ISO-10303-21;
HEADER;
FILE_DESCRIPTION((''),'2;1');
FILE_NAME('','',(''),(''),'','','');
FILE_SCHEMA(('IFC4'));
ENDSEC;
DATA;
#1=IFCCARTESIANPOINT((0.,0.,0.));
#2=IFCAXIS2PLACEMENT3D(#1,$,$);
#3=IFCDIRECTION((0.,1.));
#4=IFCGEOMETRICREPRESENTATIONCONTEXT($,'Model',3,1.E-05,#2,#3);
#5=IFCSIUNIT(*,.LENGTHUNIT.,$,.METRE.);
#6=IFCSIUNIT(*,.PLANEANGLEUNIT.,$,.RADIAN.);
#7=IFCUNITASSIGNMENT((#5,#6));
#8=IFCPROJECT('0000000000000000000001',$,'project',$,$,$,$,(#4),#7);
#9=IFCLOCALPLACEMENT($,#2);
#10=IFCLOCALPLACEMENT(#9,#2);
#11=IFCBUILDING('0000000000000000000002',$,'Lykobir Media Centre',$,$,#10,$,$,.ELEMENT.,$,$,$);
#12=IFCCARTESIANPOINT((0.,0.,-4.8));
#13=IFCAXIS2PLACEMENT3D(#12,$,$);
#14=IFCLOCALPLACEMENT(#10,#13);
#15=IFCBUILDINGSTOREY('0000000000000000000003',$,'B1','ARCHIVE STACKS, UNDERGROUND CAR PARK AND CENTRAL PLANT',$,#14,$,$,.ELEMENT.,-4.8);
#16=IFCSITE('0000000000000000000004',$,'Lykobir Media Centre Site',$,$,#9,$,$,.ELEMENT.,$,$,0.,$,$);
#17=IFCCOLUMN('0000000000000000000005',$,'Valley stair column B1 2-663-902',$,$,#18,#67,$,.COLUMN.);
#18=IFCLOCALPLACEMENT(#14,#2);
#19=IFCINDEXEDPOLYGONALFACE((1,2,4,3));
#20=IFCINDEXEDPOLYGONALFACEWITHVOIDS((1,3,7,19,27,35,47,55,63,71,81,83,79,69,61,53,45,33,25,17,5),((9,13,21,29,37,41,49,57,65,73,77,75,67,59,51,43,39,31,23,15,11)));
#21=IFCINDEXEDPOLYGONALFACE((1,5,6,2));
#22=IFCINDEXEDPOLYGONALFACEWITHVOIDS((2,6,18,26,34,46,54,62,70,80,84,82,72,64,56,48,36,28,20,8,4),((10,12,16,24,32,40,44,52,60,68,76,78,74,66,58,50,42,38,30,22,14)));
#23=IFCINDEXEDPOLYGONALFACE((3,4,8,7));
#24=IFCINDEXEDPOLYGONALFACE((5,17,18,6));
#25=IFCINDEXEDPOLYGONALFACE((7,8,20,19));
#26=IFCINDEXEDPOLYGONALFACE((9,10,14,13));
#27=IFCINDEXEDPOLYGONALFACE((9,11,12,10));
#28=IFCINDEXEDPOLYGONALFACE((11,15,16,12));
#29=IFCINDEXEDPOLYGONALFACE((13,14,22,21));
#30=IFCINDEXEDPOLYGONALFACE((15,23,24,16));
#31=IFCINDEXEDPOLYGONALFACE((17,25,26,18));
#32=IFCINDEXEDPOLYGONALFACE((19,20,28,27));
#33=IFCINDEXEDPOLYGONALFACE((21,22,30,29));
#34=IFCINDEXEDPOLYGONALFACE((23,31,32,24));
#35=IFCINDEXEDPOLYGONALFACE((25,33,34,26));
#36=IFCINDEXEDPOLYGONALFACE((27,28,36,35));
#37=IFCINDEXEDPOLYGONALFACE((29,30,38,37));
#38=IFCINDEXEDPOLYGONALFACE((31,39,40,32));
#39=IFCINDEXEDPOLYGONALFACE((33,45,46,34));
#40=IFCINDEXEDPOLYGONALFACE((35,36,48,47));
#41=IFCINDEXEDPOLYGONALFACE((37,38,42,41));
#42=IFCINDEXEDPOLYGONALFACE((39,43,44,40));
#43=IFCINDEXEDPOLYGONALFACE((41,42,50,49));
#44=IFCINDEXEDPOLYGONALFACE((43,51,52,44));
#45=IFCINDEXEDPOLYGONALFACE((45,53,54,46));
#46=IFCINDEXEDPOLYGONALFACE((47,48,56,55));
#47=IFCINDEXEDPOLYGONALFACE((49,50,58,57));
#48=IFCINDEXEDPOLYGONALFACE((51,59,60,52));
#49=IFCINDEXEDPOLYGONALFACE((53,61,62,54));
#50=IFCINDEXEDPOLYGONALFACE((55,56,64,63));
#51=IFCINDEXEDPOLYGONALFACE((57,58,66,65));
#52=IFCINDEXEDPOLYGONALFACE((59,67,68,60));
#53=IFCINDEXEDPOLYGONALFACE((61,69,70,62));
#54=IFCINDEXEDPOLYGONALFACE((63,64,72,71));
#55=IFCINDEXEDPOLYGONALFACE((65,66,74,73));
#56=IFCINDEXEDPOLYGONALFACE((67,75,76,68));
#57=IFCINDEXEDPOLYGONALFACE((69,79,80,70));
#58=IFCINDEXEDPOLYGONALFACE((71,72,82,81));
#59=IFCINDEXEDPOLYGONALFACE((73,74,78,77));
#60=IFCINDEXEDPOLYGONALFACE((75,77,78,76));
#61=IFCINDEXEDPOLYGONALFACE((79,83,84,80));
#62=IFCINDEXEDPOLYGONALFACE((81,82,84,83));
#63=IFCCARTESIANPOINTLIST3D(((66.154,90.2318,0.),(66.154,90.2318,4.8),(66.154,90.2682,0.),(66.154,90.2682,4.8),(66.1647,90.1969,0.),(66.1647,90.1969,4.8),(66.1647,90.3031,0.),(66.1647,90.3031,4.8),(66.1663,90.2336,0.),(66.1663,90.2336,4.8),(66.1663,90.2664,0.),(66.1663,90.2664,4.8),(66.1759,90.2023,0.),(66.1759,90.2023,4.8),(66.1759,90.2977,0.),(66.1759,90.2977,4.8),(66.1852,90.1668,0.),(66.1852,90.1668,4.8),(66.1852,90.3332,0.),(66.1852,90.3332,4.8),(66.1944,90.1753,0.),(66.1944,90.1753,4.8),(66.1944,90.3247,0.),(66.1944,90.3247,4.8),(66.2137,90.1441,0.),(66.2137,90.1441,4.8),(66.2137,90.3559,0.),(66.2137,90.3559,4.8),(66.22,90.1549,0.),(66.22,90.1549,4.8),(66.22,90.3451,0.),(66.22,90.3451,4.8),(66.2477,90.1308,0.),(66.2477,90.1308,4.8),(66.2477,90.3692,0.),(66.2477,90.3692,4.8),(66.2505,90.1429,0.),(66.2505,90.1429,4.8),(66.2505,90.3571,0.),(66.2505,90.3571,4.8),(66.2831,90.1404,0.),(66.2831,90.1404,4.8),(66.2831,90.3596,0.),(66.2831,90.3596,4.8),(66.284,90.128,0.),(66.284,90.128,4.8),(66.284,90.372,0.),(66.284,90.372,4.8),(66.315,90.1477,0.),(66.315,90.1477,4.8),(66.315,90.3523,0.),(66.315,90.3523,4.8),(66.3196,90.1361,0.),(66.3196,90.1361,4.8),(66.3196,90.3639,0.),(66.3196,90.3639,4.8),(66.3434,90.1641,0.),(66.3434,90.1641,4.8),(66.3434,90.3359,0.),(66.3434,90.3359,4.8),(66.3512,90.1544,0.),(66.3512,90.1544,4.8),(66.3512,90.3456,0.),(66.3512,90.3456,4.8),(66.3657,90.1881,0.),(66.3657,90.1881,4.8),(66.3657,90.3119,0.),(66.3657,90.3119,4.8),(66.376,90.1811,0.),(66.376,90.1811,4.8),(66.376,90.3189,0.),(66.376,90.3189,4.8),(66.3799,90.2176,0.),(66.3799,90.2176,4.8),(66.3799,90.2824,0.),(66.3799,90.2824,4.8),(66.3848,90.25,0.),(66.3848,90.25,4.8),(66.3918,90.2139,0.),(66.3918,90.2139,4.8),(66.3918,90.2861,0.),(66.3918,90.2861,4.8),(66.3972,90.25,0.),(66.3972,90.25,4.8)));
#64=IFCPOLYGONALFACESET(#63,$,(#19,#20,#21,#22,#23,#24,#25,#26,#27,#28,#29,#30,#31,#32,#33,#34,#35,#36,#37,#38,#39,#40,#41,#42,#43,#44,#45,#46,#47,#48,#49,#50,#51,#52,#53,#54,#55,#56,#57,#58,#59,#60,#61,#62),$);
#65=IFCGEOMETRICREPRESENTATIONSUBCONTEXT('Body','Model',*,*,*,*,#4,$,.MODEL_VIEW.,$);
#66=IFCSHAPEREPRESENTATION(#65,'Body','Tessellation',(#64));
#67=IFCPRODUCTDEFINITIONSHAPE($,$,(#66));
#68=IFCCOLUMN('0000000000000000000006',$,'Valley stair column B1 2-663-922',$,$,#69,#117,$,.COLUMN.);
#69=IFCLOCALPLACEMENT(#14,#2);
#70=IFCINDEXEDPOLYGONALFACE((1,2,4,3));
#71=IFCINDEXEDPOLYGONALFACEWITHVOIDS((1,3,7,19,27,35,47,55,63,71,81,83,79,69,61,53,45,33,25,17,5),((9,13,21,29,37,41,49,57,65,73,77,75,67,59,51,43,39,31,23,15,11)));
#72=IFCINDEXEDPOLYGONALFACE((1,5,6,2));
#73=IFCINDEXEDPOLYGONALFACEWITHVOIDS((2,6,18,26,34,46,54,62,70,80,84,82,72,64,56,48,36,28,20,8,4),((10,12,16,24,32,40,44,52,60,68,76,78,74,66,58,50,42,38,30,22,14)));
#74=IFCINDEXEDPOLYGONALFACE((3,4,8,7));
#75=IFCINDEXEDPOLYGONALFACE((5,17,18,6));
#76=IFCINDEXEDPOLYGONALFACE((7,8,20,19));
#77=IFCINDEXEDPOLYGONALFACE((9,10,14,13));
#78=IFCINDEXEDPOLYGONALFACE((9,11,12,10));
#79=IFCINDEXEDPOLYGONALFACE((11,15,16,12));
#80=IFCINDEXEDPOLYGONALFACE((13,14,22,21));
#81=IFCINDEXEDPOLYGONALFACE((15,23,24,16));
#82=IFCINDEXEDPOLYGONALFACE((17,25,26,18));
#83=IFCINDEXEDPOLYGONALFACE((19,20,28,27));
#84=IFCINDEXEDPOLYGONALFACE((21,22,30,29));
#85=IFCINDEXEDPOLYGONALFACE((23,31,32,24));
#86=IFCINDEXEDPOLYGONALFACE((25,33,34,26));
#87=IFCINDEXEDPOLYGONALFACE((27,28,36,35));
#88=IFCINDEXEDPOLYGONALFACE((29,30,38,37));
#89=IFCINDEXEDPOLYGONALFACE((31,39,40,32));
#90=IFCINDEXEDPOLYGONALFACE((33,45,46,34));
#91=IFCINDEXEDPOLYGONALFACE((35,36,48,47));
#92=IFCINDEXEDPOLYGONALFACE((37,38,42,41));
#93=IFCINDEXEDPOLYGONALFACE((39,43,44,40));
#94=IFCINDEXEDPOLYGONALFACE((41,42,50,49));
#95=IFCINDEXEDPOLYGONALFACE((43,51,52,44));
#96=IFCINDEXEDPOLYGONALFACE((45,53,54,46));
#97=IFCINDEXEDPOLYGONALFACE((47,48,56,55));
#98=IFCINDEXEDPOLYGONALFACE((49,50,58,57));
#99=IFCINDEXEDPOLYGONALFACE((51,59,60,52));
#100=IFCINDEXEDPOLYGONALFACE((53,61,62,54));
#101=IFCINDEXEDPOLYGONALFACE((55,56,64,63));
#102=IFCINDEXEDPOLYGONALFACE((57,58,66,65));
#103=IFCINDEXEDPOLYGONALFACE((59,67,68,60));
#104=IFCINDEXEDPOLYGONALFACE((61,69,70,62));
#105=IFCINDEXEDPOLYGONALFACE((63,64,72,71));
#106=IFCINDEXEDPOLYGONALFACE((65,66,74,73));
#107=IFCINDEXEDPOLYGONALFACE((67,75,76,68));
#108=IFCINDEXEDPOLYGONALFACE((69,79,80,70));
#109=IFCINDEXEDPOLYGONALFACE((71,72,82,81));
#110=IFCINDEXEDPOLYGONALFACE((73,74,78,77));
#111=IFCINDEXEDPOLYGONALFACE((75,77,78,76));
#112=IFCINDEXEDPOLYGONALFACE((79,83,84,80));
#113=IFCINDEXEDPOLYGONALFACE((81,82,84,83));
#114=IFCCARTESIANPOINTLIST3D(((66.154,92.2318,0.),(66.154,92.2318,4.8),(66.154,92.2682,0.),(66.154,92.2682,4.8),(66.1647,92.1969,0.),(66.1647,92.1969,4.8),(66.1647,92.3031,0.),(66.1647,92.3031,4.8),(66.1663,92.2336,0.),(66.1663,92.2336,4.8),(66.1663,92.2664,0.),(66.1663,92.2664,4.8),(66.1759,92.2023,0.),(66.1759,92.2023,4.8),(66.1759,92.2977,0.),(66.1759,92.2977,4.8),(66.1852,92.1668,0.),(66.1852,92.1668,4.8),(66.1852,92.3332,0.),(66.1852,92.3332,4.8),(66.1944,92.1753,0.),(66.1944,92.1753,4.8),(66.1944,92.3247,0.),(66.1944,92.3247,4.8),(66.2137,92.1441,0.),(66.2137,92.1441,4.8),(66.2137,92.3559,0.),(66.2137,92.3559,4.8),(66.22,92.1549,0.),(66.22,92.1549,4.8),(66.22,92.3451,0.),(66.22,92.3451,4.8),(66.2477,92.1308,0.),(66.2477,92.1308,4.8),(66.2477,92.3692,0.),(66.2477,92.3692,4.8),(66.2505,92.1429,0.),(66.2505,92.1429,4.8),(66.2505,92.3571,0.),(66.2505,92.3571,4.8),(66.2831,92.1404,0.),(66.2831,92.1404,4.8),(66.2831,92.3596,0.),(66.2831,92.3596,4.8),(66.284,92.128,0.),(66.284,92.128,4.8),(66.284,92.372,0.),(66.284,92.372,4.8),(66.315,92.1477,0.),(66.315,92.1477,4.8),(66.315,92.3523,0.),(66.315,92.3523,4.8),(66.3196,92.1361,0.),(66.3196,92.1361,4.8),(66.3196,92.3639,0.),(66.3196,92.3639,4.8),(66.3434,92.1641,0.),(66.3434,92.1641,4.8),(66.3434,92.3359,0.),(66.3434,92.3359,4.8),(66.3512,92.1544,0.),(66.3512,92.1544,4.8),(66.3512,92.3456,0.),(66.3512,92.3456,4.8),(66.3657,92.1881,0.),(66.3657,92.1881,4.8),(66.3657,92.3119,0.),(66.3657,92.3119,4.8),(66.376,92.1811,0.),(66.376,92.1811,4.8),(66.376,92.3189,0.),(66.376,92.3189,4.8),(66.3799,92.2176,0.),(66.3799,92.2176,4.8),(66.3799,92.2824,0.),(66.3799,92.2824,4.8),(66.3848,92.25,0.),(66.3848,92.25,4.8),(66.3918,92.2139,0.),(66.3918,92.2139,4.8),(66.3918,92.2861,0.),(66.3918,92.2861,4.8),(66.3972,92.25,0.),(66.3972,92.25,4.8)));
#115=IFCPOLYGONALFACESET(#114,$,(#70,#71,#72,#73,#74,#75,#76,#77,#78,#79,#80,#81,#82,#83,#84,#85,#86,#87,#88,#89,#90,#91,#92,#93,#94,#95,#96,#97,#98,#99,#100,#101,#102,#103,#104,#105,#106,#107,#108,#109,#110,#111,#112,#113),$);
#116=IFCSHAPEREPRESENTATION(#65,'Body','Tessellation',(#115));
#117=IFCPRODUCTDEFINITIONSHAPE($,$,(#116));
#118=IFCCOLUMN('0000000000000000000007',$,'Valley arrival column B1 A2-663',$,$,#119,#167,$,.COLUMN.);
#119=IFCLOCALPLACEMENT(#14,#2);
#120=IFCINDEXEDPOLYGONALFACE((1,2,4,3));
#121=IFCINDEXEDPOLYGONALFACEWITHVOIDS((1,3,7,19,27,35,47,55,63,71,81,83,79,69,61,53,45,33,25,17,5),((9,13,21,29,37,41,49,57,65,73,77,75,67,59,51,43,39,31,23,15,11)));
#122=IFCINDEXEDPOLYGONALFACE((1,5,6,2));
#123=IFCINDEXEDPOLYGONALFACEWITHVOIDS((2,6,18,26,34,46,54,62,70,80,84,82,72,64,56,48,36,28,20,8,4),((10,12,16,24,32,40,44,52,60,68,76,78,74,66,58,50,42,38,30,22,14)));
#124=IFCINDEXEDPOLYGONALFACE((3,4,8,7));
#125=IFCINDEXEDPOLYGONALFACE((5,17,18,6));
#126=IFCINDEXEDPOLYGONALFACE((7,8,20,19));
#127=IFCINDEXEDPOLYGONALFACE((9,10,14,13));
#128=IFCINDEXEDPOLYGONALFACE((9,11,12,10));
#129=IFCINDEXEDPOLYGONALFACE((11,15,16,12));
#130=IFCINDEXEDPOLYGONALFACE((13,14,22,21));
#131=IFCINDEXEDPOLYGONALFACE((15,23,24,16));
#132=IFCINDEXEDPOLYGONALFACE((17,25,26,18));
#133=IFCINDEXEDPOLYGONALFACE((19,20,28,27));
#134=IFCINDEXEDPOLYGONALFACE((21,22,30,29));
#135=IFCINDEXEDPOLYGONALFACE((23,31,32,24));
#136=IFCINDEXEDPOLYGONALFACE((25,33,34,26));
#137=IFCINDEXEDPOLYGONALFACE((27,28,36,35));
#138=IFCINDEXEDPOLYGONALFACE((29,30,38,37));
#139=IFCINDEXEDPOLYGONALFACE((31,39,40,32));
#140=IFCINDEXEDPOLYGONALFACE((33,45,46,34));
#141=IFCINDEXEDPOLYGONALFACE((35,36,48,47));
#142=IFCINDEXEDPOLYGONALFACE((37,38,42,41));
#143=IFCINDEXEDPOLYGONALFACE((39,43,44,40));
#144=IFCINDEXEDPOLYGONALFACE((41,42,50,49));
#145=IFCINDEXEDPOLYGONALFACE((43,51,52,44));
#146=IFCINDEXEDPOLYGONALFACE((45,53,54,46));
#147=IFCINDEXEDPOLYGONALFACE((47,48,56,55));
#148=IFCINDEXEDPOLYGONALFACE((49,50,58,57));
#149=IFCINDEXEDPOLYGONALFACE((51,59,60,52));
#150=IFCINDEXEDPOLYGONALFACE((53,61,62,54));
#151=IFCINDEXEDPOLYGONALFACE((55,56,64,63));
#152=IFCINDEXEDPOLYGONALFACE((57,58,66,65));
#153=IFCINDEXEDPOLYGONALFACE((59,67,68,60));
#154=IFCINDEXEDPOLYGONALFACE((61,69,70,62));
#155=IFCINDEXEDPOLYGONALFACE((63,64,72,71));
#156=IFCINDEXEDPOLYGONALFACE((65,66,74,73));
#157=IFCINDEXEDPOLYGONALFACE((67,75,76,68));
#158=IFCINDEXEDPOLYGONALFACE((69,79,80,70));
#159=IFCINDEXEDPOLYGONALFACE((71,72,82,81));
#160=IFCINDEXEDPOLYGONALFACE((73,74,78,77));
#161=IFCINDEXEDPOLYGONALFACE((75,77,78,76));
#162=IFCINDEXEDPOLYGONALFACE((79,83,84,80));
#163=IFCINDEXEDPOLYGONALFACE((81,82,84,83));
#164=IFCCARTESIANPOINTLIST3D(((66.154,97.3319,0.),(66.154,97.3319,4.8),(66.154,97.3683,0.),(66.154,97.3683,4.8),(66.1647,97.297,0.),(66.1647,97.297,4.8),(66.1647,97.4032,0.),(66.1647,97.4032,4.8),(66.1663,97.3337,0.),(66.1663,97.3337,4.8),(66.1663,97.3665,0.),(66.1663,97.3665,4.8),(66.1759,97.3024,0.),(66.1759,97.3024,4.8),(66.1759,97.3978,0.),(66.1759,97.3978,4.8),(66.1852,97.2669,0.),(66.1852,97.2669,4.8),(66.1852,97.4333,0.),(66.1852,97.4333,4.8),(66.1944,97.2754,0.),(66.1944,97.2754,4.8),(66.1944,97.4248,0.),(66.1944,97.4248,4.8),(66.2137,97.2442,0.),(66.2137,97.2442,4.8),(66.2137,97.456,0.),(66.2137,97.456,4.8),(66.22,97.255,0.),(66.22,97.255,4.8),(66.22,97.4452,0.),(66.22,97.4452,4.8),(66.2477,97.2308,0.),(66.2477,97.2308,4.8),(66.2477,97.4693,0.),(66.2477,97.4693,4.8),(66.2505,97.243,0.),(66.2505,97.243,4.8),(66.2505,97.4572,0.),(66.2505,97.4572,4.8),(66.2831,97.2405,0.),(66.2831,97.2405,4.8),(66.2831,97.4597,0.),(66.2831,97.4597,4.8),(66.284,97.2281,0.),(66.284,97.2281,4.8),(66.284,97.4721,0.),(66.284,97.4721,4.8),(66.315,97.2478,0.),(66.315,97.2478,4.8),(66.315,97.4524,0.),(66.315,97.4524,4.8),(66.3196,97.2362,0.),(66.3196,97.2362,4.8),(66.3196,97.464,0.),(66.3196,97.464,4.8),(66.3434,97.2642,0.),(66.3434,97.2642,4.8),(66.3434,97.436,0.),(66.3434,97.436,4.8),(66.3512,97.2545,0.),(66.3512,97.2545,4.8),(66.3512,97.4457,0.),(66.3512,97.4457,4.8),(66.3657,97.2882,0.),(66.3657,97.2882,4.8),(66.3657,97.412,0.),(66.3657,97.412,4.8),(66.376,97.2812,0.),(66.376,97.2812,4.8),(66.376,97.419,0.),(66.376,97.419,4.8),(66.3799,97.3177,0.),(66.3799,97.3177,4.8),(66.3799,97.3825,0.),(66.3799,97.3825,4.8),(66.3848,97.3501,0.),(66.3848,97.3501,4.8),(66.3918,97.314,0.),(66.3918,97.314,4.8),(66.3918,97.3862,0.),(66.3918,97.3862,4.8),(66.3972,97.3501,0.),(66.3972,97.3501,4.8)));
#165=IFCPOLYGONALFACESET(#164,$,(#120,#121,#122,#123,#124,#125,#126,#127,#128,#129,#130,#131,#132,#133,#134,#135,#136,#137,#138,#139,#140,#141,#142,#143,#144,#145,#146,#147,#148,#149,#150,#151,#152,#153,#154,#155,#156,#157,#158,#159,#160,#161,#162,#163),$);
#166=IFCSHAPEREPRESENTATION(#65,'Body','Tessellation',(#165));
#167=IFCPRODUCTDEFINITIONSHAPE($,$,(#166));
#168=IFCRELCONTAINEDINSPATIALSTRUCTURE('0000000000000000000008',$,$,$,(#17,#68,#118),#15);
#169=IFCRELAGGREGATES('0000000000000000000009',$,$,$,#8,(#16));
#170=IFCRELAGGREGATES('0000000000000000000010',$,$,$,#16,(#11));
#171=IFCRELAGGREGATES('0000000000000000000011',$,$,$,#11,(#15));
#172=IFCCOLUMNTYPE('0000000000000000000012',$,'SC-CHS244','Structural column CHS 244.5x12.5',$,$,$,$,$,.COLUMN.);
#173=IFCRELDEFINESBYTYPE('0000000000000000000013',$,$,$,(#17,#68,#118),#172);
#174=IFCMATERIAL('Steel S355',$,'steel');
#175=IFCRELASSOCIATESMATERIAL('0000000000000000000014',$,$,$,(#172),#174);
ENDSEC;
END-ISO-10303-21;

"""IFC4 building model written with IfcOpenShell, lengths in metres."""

from ifc_helpers import new_model, si_unit, direction, frame, origin, origin_2d, place, context, subcontext, project, spatial, hollow_circle, extrude, material, material_profile, profile_set, type_object, element, save


model = new_model("IFC4")

# Units and contexts
model_context = context("Model", 3, precision=1e-05, world=origin(), true_north=direction((0.0, 1.0)))
body_context = subcontext(model_context, "Body", "Model", "MODEL_VIEW")
ifc_project = project(units=[si_unit("LENGTHUNIT", "METRE"), si_unit("PLANEANGLEUNIT", "RADIAN")], contexts=[model_context])

# Site, building, storey
site_placement = place(None, origin())
site = spatial("IfcSite", under=ifc_project, at=site_placement, Name="Lykobir Media Centre Site", CompositionType="ELEMENT", RefElevation=0.0)
building_placement = place(site_placement, origin())
building = spatial("IfcBuilding", under=site, at=building_placement, Name="Lykobir Media Centre", CompositionType="ELEMENT")
storey_placement = place(building_placement, frame((0.0, 0.0, -4.8)))
storey = spatial("IfcBuildingStorey", under=building, at=storey_placement, Name="B1", Description="ARCHIVE STACKS, UNDERGROUND CAR PARK AND CENTRAL PLANT", CompositionType="ELEMENT", Elevation=-4.8)

# Columns
ifc_material_1 = material(Name="Steel S355", Category="steel")
ifc_material_profile_1 = material_profile(ifc_material_1, hollow_circle(Radius=0.1223, WallThickness=0.0125, at=origin_2d()), Name="CHS 244.5x12.5")
ifc_profile_set_1 = profile_set([ifc_material_profile_1], Name="Steel S355")
column_type_1 = type_object("IfcColumnType", Name="SC-CHS244", Description="Structural column CHS 244.5x12.5", PredefinedType="COLUMN", material=ifc_profile_set_1)
for number, where, z_axis, x_axis, name in (
    (1, (66.2749, 90.25, 0.0), (0.0, 0.0, 1.0), (1.0, 0.0, 0.0), "Valley stair column B1 2-663-902"),
    (2, (66.2749, 92.25, 0.0), (0.0, 0.0, 1.0), (1.0, 0.0, 0.0), "Valley stair column B1 2-663-922"),
    (3, (66.2749, 97.3501, 0.0), (0.0, 0.0, 1.0), (1.0, 0.0, 0.0), "Valley arrival column B1 A2-663"),
):
    element("IfcColumn", number, at=place(storey_placement, frame(where, z_axis=z_axis, x_axis=x_axis)), inside=storey, type_object=column_type_1, Name=name, PredefinedType="COLUMN", context=body_context, shape_type="SweptSolid", body=[
        extrude(hollow_circle(Radius=0.1223, WallThickness=0.0125, at=origin_2d()), origin(), (0.0, 0.0, 1.0), 4.8),
    ])

save(model, "model.ifc")
